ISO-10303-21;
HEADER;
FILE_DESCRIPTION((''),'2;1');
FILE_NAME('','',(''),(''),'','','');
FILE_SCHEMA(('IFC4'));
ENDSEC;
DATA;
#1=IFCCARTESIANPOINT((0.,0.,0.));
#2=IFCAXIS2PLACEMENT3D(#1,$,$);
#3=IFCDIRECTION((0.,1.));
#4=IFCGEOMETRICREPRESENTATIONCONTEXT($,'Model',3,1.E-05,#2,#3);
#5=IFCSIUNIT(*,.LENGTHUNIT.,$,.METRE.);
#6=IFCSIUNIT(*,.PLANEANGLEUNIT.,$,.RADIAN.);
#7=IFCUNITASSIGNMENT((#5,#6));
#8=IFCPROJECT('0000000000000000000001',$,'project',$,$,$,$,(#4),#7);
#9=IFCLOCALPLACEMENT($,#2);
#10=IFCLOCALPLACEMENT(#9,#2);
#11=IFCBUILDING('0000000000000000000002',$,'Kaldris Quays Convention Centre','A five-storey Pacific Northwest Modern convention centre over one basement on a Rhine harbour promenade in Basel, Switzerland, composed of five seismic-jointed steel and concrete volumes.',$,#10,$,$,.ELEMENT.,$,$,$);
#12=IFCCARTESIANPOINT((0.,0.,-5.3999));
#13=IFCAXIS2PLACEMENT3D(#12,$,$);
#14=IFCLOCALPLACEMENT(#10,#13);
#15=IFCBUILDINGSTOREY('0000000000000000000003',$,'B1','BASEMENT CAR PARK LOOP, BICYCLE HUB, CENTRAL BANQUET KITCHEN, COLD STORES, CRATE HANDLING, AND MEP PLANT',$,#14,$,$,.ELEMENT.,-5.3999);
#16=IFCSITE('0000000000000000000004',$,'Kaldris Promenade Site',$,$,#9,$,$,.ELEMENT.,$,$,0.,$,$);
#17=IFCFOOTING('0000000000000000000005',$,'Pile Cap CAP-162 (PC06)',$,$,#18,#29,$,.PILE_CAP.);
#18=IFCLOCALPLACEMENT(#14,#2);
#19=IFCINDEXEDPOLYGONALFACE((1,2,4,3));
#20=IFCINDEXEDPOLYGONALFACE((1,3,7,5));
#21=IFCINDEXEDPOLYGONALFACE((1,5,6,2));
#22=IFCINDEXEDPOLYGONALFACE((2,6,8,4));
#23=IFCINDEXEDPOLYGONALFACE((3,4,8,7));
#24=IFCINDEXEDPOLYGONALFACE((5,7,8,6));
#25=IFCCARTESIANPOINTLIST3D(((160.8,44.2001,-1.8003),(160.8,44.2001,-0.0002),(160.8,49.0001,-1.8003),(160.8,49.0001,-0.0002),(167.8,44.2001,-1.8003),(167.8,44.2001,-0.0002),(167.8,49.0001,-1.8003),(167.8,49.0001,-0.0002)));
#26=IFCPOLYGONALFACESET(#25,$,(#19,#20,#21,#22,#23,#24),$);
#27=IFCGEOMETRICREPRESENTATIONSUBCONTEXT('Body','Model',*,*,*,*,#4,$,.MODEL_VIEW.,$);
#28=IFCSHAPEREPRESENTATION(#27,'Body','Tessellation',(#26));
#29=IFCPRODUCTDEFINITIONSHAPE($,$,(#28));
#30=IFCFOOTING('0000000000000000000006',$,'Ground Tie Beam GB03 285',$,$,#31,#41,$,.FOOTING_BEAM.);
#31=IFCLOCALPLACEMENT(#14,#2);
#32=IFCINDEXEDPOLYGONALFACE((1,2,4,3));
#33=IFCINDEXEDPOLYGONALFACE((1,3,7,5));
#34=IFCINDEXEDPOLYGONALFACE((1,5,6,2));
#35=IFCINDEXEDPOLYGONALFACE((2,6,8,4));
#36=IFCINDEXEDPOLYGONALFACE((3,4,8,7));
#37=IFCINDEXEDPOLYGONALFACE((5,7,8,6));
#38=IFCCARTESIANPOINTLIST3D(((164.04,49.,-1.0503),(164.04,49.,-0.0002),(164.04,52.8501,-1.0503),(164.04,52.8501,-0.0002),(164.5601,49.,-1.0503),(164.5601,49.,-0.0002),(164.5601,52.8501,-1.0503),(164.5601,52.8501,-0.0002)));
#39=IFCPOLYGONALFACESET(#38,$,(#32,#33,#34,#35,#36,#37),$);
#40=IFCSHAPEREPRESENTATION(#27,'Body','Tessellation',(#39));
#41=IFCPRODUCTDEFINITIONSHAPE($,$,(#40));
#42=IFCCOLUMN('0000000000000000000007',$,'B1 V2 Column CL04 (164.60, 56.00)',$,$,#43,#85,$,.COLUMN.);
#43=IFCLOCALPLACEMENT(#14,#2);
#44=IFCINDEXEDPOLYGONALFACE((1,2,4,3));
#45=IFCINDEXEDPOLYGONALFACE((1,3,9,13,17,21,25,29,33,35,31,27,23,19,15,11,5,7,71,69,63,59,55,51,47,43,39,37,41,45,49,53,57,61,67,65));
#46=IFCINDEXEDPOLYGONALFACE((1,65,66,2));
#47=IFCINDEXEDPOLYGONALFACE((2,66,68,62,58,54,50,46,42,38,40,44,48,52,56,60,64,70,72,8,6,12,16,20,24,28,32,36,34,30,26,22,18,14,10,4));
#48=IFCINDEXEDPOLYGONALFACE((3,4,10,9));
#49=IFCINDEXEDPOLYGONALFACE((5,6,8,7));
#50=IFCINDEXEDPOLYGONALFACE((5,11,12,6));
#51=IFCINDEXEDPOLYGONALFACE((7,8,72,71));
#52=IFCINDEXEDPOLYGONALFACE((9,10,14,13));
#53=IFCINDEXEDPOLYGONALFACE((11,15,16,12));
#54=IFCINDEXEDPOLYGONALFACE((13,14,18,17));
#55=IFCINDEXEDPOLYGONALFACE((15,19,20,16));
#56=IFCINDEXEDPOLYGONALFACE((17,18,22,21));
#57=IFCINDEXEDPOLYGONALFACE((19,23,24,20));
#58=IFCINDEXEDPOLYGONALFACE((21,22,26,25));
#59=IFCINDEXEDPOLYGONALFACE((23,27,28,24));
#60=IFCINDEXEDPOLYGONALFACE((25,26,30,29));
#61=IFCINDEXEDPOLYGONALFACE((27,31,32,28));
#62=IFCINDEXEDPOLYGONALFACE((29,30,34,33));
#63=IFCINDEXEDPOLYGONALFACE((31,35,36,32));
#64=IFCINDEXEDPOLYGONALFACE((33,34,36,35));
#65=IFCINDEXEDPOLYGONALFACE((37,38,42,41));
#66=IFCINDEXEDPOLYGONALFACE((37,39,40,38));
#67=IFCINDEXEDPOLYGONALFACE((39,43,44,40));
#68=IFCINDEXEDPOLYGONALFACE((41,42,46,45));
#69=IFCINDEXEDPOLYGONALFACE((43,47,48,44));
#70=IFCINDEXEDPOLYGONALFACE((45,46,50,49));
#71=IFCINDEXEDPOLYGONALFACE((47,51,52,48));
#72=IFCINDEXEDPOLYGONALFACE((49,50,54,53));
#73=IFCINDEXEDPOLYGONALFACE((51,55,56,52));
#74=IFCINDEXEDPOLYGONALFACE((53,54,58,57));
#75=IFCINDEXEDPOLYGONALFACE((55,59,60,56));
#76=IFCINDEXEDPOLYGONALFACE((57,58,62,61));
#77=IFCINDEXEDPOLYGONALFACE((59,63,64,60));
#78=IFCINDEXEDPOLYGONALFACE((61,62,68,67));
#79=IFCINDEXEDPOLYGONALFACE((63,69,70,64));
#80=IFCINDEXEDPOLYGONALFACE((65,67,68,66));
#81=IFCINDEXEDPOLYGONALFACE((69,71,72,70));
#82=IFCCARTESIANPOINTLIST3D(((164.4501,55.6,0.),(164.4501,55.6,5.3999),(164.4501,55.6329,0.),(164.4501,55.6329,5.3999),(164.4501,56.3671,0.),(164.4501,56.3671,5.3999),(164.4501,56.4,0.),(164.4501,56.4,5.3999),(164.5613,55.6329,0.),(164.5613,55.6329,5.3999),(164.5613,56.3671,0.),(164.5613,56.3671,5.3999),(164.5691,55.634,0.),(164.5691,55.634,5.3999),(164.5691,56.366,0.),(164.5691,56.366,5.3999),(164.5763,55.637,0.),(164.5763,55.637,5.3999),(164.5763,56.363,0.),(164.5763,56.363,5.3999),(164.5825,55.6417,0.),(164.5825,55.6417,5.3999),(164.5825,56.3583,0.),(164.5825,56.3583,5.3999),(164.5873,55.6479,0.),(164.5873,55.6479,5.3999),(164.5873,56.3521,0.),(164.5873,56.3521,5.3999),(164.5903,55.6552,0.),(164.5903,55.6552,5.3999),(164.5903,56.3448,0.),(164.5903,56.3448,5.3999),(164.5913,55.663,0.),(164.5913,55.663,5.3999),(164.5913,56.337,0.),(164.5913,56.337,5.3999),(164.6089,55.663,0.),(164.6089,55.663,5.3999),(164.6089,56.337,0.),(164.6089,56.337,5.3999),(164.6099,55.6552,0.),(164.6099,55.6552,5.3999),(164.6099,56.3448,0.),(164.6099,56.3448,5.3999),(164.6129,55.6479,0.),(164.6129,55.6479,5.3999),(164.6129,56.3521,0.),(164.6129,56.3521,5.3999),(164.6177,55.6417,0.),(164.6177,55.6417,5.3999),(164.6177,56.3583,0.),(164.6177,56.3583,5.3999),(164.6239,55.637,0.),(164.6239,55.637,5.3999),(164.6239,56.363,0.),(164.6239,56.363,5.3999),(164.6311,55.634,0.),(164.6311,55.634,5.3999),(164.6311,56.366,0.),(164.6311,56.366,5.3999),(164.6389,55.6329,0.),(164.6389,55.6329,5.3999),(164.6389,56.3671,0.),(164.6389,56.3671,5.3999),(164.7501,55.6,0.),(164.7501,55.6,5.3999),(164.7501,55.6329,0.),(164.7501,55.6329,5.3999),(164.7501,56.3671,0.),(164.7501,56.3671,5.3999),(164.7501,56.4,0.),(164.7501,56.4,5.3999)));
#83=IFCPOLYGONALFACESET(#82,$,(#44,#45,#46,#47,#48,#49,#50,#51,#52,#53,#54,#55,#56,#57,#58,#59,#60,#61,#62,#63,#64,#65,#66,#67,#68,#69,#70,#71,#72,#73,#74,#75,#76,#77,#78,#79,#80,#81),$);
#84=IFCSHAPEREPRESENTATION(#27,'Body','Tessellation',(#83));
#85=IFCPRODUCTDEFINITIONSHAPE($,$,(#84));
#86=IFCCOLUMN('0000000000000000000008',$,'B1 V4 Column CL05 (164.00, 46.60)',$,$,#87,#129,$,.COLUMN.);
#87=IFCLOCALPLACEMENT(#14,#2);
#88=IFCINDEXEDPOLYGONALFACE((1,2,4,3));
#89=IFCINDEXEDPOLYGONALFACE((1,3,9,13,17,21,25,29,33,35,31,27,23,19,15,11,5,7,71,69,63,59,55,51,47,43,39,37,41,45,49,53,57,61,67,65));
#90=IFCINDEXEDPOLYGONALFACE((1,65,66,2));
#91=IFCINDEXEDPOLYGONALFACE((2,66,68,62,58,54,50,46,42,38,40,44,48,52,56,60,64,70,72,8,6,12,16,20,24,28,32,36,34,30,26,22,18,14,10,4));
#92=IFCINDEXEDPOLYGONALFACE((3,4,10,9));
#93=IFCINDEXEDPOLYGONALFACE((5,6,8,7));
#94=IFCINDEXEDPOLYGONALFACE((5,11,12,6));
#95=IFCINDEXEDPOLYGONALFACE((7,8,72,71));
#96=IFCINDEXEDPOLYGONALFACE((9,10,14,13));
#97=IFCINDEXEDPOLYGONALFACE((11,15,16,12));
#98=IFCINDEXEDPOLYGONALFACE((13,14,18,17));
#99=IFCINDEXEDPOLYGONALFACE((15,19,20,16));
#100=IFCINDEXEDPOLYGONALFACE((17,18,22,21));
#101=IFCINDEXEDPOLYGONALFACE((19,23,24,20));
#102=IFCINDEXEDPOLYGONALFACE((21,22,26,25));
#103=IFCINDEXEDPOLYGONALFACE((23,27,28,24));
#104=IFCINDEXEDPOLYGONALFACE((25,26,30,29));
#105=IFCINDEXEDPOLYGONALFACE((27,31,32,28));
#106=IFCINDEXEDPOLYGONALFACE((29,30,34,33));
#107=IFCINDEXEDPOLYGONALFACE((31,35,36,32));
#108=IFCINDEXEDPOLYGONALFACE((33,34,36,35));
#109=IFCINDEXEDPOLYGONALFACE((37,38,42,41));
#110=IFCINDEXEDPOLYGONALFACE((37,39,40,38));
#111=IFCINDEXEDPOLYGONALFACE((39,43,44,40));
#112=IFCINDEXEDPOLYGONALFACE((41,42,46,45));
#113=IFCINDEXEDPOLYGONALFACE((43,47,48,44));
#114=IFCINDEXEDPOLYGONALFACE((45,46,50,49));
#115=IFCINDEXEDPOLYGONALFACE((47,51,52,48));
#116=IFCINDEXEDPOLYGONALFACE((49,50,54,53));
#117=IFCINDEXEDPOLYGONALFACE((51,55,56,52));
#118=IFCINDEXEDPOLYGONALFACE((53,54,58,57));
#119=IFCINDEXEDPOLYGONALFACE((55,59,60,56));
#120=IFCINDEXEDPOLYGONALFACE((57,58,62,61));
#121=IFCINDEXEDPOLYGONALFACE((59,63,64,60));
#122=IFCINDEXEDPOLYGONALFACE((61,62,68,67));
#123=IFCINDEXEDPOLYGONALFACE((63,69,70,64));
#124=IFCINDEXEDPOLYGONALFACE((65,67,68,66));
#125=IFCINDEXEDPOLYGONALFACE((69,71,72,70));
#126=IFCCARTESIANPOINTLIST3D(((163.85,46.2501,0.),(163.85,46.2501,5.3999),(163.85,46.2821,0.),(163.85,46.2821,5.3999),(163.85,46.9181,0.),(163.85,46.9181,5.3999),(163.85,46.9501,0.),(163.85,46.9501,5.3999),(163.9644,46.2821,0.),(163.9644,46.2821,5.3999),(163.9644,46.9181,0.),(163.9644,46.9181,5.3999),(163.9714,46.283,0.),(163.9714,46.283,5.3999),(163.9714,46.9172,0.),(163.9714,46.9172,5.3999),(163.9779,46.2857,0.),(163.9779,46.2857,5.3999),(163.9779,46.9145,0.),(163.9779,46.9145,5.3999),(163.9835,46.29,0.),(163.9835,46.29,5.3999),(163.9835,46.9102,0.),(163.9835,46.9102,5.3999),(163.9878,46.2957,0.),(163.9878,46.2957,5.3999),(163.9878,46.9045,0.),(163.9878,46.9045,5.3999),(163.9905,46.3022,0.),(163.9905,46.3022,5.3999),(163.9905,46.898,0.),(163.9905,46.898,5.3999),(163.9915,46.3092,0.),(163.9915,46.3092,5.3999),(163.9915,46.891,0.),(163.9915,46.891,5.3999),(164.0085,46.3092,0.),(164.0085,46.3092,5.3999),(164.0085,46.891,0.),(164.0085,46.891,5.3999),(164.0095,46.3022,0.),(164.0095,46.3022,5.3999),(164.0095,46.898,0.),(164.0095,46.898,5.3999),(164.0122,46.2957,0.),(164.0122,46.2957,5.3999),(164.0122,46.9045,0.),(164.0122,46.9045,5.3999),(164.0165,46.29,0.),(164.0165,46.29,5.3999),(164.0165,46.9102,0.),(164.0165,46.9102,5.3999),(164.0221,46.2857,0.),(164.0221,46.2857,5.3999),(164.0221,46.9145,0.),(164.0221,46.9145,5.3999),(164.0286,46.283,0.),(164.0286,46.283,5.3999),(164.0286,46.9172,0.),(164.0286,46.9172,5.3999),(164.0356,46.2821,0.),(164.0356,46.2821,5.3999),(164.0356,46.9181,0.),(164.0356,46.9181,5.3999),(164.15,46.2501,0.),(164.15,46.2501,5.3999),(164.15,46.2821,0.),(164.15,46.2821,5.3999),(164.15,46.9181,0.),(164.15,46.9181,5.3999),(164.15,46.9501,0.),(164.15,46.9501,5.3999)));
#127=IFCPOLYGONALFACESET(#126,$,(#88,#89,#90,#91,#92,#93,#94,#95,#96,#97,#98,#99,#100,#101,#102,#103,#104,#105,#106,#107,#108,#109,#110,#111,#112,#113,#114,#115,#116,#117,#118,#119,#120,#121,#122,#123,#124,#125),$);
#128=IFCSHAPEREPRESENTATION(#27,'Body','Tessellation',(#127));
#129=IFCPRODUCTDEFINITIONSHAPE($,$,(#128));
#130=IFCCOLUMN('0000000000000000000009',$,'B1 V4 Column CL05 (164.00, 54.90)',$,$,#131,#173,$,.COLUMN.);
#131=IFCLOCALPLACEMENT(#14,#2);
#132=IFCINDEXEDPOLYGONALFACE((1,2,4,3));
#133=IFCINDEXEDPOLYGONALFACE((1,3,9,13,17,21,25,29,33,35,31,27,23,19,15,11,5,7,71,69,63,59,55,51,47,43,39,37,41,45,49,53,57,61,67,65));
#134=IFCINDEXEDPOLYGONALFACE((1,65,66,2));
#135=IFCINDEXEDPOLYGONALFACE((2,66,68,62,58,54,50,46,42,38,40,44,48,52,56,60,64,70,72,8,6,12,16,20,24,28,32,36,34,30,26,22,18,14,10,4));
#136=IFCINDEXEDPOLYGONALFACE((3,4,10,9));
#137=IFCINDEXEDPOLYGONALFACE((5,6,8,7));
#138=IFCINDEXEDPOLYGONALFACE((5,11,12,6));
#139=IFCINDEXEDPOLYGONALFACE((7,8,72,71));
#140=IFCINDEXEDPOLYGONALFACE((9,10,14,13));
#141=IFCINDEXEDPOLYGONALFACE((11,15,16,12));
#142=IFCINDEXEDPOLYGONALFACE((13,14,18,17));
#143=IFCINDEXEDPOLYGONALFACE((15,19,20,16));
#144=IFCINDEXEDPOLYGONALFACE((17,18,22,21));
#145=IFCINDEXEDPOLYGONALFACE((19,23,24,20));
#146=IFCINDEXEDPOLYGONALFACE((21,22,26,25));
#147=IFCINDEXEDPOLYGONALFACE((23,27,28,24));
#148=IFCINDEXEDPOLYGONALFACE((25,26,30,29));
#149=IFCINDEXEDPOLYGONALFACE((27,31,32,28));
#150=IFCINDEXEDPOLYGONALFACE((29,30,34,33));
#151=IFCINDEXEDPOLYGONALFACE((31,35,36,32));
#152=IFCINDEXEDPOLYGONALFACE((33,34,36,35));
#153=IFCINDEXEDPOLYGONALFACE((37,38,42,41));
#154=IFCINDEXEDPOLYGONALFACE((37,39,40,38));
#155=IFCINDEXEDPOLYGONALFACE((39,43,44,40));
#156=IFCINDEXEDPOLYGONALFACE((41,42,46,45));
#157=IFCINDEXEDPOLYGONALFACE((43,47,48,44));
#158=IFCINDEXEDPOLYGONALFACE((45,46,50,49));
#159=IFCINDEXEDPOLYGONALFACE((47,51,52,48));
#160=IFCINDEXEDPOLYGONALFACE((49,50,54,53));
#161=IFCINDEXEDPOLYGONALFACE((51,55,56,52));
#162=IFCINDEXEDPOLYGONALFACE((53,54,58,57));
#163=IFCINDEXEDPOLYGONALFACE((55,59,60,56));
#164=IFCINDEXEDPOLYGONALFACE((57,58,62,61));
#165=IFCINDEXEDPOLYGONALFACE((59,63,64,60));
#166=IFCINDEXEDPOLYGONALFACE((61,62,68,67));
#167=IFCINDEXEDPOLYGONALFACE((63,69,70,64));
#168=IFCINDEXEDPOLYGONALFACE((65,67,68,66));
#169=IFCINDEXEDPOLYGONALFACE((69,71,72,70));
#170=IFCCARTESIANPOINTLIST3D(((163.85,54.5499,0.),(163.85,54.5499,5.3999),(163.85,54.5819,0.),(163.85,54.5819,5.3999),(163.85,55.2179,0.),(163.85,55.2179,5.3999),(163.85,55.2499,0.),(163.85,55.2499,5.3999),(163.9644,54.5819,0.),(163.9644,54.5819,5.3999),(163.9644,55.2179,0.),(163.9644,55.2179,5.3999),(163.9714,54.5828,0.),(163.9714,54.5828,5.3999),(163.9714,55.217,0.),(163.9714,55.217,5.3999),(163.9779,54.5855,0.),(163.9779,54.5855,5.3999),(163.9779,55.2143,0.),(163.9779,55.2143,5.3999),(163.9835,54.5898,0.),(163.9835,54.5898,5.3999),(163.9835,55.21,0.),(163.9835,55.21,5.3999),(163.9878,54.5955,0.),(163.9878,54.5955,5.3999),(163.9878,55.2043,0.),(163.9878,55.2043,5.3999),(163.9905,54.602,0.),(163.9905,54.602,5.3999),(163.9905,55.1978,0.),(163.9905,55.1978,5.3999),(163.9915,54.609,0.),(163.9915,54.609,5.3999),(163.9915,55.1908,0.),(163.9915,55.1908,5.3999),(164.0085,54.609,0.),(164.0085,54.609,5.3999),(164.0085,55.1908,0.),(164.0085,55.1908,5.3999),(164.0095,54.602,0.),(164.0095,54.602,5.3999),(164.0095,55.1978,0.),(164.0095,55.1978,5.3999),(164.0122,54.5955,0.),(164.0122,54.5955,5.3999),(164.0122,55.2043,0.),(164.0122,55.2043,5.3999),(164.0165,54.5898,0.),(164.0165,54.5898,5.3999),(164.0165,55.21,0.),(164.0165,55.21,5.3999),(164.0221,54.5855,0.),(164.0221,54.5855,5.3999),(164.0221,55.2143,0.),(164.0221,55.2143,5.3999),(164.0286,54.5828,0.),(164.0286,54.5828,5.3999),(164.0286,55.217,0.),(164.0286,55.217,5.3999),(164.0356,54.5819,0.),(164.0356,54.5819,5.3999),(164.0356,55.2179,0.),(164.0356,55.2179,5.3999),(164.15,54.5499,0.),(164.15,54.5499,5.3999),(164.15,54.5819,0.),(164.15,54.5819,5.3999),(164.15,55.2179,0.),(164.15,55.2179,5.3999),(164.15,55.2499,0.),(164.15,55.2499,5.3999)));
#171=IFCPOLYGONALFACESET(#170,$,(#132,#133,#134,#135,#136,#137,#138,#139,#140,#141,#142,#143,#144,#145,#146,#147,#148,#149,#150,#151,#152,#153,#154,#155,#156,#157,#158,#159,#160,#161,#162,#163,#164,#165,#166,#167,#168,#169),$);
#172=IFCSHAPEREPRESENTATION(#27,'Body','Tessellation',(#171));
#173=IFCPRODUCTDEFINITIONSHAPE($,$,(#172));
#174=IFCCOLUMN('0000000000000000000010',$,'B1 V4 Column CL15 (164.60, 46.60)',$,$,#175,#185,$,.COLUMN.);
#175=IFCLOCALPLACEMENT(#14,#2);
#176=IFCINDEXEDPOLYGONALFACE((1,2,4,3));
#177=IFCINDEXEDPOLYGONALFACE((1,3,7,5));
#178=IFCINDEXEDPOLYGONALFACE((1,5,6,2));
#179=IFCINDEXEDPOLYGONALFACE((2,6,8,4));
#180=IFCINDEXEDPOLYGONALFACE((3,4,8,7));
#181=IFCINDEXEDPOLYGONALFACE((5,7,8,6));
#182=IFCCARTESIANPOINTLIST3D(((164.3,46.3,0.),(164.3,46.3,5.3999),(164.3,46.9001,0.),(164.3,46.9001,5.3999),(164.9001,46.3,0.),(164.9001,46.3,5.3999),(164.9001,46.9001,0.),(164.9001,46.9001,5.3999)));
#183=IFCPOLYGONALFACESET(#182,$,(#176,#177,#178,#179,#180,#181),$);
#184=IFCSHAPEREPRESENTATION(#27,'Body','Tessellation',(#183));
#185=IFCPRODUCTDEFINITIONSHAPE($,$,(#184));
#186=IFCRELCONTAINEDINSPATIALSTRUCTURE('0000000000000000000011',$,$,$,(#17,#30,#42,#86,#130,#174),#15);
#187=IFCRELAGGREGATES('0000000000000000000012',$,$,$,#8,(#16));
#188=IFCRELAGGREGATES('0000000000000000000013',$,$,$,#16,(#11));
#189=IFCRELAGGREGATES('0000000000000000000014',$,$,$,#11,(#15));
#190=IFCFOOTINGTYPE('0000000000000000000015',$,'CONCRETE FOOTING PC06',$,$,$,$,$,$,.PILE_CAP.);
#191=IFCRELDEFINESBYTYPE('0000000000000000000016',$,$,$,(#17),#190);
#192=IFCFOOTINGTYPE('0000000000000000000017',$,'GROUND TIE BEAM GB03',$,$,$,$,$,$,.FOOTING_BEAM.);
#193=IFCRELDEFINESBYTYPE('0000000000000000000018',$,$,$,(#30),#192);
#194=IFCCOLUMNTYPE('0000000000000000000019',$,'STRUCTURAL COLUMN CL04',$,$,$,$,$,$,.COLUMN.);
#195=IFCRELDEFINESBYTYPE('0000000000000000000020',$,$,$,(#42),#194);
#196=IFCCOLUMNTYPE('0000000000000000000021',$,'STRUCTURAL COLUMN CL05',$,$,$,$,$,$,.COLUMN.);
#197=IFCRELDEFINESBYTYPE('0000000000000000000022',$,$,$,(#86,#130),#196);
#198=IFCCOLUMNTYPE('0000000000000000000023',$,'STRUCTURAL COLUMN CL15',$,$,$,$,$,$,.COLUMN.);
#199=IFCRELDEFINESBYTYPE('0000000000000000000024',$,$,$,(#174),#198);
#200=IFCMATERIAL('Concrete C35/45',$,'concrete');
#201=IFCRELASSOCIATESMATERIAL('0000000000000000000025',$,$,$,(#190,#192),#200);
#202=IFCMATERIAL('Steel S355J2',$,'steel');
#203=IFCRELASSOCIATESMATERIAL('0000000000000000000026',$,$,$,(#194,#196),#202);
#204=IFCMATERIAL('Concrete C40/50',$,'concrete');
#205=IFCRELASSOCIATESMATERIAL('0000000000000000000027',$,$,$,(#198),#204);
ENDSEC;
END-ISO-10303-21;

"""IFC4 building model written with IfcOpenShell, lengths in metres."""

from ifc_helpers import new_model, si_unit, direction, frame, origin, origin_2d, place, context, subcontext, project, spatial, rectangle, i_section, extrude, material, material_profile, profile_set, type_object, element, save


model = new_model("IFC4")

# Units and contexts
model_context = context("Model", 3, precision=1e-05, world=origin(), true_north=direction((0.0, 1.0)))
body_context = subcontext(model_context, "Body", "Model", "MODEL_VIEW")
ifc_project = project(units=[si_unit("LENGTHUNIT", "METRE"), si_unit("PLANEANGLEUNIT", "RADIAN")], contexts=[model_context])

# Site, building, storey
site_placement = place(None, origin())
site = spatial("IfcSite", under=ifc_project, at=site_placement, Name="Kaldris Promenade Site", CompositionType="ELEMENT", RefElevation=0.0)
building_placement = place(site_placement, origin())
building = spatial("IfcBuilding", under=site, at=building_placement, Name="Kaldris Quays Convention Centre", Description="A five-storey Pacific Northwest Modern convention centre over one basement on a Rhine harbour promenade in Basel, Switzerland, composed of five seismic-jointed steel and concrete volumes.", CompositionType="ELEMENT")
storey_placement = place(building_placement, frame((0.0, 0.0, -5.3999)))
storey = spatial("IfcBuildingStorey", under=building, at=storey_placement, Name="B1", Description="BASEMENT CAR PARK LOOP, BICYCLE HUB, CENTRAL BANQUET KITCHEN, COLD STORES, CRATE HANDLING, AND MEP PLANT", CompositionType="ELEMENT", Elevation=-5.3999)

# Shared definitions
ifc_material_1 = material(Name="Concrete C35/45", Category="concrete")

# Footings
footing_type_1 = type_object("IfcFootingType", Name="CONCRETE FOOTING PC06", PredefinedType="PILE_CAP", material=ifc_material_1)
footing_1_placement = place(storey_placement, frame((164.3, 46.6001, -1.8003), z_axis=(0.0, 0.0, 1.0), x_axis=(1.0, 0.0, 0.0)))
element("IfcFooting", 1, at=footing_1_placement, inside=storey, type_object=footing_type_1, Name="Pile Cap CAP-162 (PC06)", PredefinedType="PILE_CAP", context=body_context, shape_type="SweptSolid", body=[
    extrude(rectangle(XDim=7.0, YDim=4.8, at=origin_2d()), origin(), (0.0, 0.0, 1.0), 1.8),
])
footing_type_2 = type_object("IfcFootingType", Name="GROUND TIE BEAM GB03", PredefinedType="FOOTING_BEAM", material=ifc_material_1)
footing_2_placement = place(storey_placement, frame((164.3, 50.925, -1.0503), z_axis=(0.0, 0.0, 1.0), x_axis=(1.0, 0.0, 0.0)))
element("IfcFooting", 2, at=footing_2_placement, inside=storey, type_object=footing_type_2, Name="Ground Tie Beam GB03 285", PredefinedType="FOOTING_BEAM", context=body_context, shape_type="SweptSolid", body=[
    extrude(rectangle(XDim=0.52, YDim=3.8501, at=origin_2d()), origin(), (0.0, 0.0, 1.0), 1.05),
])

# Columns
ifc_material_2 = material(Name="Steel S355J2", Category="steel")
ifc_material_profile_1 = material_profile(ifc_material_2, i_section(OverallWidth=0.3, OverallDepth=0.8, WebThickness=0.0176, FlangeThickness=0.033, FilletRadius=0.03, at=origin_2d()), Name="HEB 800")
ifc_profile_set_1 = profile_set([ifc_material_profile_1], Name="Steel S355J2")
column_type_1 = type_object("IfcColumnType", Name="STRUCTURAL COLUMN CL04", PredefinedType="COLUMN", material=ifc_profile_set_1)
column_1_placement = place(storey_placement, frame((164.6001, 56.0, 0.0), z_axis=(0.0, 0.0, 1.0), x_axis=(1.0, 0.0, 0.0)))
element("IfcColumn", 3, at=column_1_placement, inside=storey, type_object=column_type_1, Name="B1 V2 Column CL04 (164.60, 56.00)", PredefinedType="COLUMN", context=body_context, shape_type="SweptSolid", body=[
    extrude(i_section(OverallWidth=0.3, OverallDepth=0.8, WebThickness=0.0176, FlangeThickness=0.033, FilletRadius=0.03, at=origin_2d()), origin(), (0.0, 0.0, 1.0), 5.3999),
])
ifc_material_profile_2 = material_profile(ifc_material_2, i_section(OverallWidth=0.3, OverallDepth=0.7, WebThickness=0.0171, FlangeThickness=0.032, FilletRadius=0.0271, at=origin_2d()), Name="HEB 700")
ifc_profile_set_2 = profile_set([ifc_material_profile_2], Name="Steel S355J2")
column_type_2 = type_object("IfcColumnType", Name="STRUCTURAL COLUMN CL05", PredefinedType="COLUMN", material=ifc_profile_set_2)
for number, where, z_axis, x_axis, name in (
    (4, (164.0, 46.6001, 0.0), (0.0, 0.0, 1.0), (1.0, 0.0, 0.0), "B1 V4 Column CL05 (164.00, 46.60)"),
    (5, (164.0, 54.8999, 0.0), (0.0, 0.0, 1.0), (1.0, 0.0, 0.0), "B1 V4 Column CL05 (164.00, 54.90)"),
):
    element("IfcColumn", number, at=place(storey_placement, frame(where, z_axis=z_axis, x_axis=x_axis)), inside=storey, type_object=column_type_2, Name=name, PredefinedType="COLUMN", context=body_context, shape_type="SweptSolid", body=[
        extrude(i_section(OverallWidth=0.3, OverallDepth=0.7, WebThickness=0.0171, FlangeThickness=0.032, FilletRadius=0.0271, at=origin_2d()), origin(), (0.0, 0.0, 1.0), 5.3999),
    ])
ifc_material_3 = material(Name="Concrete C40/50", Category="concrete")
ifc_material_profile_3 = material_profile(ifc_material_3, rectangle(XDim=0.6001, YDim=0.6001, at=origin_2d()), Name="RC 600x600")
ifc_profile_set_3 = profile_set([ifc_material_profile_3], Name="Concrete C40/50")
column_type_3 = type_object("IfcColumnType", Name="STRUCTURAL COLUMN CL15", PredefinedType="COLUMN", material=ifc_profile_set_3)
column_2_placement = place(storey_placement, frame((164.6001, 46.6001, 0.0), z_axis=(0.0, 0.0, 1.0), x_axis=(1.0, 0.0, 0.0)))
element("IfcColumn", 6, at=column_2_placement, inside=storey, type_object=column_type_3, Name="B1 V4 Column CL15 (164.60, 46.60)", PredefinedType="COLUMN", context=body_context, shape_type="SweptSolid", body=[
    extrude(rectangle(XDim=0.6001, YDim=0.6001, at=origin_2d()), origin(), (0.0, 0.0, 1.0), 5.3999),
])

save(model, "model.ifc")
